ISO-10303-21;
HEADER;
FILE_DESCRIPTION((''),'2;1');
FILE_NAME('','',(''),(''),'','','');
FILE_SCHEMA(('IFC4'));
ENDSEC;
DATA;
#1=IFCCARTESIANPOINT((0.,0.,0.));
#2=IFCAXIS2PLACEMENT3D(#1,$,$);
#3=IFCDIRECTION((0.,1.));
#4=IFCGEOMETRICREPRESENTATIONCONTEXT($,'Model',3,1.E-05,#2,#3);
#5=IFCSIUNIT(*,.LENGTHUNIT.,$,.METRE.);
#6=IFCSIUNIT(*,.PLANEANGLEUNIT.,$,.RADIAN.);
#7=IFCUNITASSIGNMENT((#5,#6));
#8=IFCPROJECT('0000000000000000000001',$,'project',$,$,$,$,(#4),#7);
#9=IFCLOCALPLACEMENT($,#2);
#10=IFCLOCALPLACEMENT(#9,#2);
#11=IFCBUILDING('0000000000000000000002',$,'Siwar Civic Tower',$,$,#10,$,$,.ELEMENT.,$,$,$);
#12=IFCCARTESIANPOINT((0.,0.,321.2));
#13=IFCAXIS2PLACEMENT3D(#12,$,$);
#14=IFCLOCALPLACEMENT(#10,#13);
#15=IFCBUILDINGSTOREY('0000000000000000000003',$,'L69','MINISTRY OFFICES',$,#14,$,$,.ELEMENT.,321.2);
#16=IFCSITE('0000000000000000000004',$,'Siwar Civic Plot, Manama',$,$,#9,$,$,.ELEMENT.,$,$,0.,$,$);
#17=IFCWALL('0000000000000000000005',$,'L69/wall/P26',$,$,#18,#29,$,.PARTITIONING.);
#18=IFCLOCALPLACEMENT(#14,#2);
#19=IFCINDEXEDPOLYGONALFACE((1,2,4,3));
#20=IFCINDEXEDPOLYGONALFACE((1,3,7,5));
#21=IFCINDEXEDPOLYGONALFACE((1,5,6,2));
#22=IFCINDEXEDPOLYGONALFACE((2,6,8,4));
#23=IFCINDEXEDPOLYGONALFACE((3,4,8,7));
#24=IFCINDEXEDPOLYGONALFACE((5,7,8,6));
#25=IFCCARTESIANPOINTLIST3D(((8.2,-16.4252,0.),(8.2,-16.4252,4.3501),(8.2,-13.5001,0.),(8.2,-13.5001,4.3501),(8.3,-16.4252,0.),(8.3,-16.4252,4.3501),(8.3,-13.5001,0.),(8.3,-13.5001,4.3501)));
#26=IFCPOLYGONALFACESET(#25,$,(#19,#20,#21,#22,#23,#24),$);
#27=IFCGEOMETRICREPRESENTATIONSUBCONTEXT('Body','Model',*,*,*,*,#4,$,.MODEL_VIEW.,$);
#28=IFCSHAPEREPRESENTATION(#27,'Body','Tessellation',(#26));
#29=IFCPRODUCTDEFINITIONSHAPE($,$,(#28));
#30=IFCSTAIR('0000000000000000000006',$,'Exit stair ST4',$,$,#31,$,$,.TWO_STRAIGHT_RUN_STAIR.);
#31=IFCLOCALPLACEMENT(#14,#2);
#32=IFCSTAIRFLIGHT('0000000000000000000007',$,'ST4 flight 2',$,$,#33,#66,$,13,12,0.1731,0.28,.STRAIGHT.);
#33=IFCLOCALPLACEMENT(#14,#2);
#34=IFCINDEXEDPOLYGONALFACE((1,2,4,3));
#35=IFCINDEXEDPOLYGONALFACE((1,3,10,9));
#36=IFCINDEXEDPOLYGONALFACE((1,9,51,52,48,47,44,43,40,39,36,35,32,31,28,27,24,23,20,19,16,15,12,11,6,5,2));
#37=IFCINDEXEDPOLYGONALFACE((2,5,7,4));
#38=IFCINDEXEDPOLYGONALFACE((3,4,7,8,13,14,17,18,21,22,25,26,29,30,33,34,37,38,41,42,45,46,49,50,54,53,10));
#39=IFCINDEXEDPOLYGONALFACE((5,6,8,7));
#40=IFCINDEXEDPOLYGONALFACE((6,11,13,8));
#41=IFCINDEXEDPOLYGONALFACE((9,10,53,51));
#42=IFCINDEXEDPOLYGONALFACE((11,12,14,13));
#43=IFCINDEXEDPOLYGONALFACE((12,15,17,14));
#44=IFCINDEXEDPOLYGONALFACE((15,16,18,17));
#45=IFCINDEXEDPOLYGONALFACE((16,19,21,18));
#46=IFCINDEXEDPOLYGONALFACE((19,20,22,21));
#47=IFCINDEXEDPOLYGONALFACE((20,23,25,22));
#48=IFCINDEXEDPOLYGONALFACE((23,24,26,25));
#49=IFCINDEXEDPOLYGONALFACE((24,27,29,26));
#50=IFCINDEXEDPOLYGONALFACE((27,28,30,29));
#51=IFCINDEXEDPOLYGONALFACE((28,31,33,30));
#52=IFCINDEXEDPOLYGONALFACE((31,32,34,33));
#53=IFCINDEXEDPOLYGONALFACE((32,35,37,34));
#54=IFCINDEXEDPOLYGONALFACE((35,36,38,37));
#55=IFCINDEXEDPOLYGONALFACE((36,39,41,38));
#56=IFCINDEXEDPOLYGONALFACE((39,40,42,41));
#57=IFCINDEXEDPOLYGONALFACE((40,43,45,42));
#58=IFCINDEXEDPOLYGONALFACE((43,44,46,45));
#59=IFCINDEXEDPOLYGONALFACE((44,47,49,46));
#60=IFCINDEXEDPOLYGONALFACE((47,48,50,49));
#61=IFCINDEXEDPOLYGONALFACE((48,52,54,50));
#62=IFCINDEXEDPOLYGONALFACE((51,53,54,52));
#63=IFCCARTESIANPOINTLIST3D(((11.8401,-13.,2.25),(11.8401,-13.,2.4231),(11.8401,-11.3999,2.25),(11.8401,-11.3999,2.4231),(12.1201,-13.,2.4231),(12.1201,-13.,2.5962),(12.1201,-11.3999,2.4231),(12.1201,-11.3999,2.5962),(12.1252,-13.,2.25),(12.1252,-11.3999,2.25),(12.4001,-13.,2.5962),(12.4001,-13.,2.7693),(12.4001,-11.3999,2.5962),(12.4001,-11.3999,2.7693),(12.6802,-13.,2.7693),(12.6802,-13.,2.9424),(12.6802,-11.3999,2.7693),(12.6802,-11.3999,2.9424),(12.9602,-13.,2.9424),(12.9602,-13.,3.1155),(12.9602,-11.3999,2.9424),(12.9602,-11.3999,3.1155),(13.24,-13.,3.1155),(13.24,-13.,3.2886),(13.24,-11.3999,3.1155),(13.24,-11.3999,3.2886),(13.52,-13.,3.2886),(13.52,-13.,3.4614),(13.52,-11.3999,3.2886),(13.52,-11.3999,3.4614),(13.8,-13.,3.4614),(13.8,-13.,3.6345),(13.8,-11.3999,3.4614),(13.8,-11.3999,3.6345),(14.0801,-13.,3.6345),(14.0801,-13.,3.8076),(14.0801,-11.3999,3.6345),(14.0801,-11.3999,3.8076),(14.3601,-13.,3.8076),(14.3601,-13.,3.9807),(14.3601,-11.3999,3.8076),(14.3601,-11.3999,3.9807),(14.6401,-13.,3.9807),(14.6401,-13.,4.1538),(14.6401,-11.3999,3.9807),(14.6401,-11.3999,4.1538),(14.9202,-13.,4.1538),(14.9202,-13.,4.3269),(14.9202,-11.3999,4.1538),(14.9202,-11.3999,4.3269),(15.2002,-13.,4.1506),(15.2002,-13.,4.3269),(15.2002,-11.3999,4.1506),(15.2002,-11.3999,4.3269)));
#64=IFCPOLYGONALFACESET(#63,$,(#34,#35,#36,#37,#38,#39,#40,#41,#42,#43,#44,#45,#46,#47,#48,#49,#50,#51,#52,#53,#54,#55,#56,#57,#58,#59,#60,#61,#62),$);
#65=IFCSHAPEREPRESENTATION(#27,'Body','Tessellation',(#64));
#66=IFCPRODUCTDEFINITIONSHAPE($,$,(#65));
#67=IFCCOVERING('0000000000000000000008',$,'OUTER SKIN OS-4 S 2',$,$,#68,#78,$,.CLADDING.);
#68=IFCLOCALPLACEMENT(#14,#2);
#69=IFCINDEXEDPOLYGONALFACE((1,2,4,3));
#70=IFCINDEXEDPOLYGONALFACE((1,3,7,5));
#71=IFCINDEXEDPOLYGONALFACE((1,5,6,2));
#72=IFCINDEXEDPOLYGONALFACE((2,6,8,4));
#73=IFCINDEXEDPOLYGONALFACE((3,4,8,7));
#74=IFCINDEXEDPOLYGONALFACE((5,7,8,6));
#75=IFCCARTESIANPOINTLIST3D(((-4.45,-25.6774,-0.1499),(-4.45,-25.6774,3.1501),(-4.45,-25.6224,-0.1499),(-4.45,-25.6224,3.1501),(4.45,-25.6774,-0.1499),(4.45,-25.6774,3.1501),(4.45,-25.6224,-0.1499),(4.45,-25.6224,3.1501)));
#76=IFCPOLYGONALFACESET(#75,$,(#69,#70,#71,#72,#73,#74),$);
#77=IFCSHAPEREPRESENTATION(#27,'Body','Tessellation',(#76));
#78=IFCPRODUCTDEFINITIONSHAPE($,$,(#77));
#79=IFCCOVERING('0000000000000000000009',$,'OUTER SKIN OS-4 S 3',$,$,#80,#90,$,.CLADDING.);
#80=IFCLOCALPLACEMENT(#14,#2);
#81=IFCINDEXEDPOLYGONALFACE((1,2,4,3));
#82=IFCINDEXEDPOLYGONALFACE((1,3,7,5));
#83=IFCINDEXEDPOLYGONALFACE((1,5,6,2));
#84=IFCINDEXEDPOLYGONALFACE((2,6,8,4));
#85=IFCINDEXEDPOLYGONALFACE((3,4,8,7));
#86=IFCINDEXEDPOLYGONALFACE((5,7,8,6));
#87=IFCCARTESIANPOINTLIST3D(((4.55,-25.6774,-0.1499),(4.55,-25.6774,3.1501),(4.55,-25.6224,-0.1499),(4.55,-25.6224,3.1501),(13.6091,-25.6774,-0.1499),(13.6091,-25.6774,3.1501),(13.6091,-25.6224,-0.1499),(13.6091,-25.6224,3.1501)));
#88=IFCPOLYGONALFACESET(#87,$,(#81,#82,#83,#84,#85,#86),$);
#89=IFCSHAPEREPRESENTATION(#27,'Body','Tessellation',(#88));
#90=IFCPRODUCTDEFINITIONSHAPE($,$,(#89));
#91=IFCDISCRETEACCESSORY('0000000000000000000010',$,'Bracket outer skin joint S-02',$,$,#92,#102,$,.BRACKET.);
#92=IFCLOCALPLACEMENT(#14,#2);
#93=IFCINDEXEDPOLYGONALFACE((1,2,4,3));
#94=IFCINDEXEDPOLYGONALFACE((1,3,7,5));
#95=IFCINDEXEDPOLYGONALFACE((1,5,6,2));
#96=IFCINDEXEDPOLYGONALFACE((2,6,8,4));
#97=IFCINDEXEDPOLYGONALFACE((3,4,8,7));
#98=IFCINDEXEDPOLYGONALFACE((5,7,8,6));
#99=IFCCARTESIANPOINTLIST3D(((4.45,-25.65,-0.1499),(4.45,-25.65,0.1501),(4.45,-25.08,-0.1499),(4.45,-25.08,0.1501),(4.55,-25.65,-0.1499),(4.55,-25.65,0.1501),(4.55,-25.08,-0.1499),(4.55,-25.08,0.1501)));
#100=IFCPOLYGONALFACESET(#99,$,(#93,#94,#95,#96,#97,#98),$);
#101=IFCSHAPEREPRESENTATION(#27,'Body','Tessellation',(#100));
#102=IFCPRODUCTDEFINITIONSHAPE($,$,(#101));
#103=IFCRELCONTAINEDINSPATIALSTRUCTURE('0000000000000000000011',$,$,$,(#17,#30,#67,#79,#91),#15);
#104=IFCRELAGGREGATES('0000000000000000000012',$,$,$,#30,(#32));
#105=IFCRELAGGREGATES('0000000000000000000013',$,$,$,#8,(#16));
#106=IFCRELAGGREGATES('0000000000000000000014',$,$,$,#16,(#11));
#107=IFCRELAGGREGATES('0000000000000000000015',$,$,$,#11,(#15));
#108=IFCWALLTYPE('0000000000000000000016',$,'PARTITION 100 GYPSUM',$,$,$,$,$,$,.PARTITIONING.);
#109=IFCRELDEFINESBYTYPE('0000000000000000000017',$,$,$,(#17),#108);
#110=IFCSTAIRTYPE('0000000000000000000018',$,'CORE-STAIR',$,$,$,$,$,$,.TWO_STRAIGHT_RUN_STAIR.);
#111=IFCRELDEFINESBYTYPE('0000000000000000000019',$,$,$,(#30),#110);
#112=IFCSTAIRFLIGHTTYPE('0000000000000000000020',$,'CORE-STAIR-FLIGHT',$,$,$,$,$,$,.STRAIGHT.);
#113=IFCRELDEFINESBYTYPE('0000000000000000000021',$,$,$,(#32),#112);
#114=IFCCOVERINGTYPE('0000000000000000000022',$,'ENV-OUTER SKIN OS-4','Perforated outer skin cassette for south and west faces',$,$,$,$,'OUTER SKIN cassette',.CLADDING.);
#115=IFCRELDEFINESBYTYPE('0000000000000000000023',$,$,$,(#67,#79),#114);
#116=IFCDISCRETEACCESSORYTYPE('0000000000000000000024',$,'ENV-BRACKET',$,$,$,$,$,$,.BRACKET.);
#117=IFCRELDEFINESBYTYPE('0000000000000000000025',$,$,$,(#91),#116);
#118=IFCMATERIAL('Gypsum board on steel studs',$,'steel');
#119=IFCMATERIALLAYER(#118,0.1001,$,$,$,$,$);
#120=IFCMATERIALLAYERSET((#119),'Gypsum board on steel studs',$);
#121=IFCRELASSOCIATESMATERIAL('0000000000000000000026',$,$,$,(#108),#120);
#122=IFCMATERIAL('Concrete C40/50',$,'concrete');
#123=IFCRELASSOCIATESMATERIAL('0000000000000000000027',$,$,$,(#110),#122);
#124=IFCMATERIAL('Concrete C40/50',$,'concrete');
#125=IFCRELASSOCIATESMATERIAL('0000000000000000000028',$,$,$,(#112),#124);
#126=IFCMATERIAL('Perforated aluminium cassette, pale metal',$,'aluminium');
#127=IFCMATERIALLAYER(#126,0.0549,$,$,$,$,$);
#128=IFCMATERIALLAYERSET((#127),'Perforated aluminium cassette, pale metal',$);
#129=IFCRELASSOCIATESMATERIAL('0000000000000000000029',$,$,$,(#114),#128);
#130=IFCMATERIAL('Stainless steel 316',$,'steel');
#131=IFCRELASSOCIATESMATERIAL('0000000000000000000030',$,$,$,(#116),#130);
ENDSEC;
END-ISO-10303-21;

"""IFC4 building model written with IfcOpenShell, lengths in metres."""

from ifc_helpers import new_model, si_unit, direction, frame, frame_2d, origin, origin_2d, place, context, subcontext, project, spatial, polyline, rectangle, outline, extrude, material, layer, layer_set, type_object, element, aggregate, save


model = new_model("IFC4")

# Units and contexts
model_context = context("Model", 3, precision=1e-05, world=origin(), true_north=direction((0.0, 1.0)))
body_context = subcontext(model_context, "Body", "Model", "MODEL_VIEW")
ifc_project = project(units=[si_unit("LENGTHUNIT", "METRE"), si_unit("PLANEANGLEUNIT", "RADIAN")], contexts=[model_context])

# Site, building, storey
site_placement = place(None, origin())
site = spatial("IfcSite", under=ifc_project, at=site_placement, Name="Siwar Civic Plot, Manama", CompositionType="ELEMENT", RefElevation=0.0)
building_placement = place(site_placement, origin())
building = spatial("IfcBuilding", under=site, at=building_placement, Name="Siwar Civic Tower", CompositionType="ELEMENT")
storey_placement = place(building_placement, frame((0.0, 0.0, 321.2)))
storey = spatial("IfcBuildingStorey", under=building, at=storey_placement, Name="L69", Description="MINISTRY OFFICES", CompositionType="ELEMENT", Elevation=321.2)

# Wall
ifc_material_1 = material(Name="Gypsum board on steel studs", Category="steel")
ifc_layer_1 = layer(ifc_material_1, 0.1001)
ifc_layer_set_1 = layer_set([ifc_layer_1], Name="Gypsum board on steel studs")
wall_type_1 = type_object("IfcWallType", Name="PARTITION 100 GYPSUM", PredefinedType="PARTITIONING", material=ifc_layer_set_1)
wall_1_placement = place(storey_placement, frame((8.25, -16.425, 0.0), z_axis=(0.0, 0.0, 1.0), x_axis=(0.0, 1.0, 0.0)))
element("IfcWall", 1, at=wall_1_placement, inside=storey, type_object=wall_type_1, Name="L69/wall/P26", PredefinedType="PARTITIONING", context=body_context, shape_type="SweptSolid", body=[
    extrude(rectangle(XDim=2.925, YDim=0.1001, at=frame_2d((1.4624, 0.0))), origin(), (0.0, 0.0, 1.0), 4.3501),
])

# Stair, stair flight
ifc_material_2 = material(Name="Concrete C40/50", Category="concrete")
stair_type = type_object("IfcStairType", Name="CORE-STAIR", PredefinedType="TWO_STRAIGHT_RUN_STAIR", material=ifc_material_2)
stair_placement = place(storey_placement, origin())
stair = element("IfcStair", 2, at=stair_placement, inside=storey, type_object=stair_type, Name="Exit stair ST4", PredefinedType="TWO_STRAIGHT_RUN_STAIR")
ifc_material_3 = material(Name="Concrete C40/50", Category="concrete")
stair_flight_type = type_object("IfcStairFlightType", Name="CORE-STAIR-FLIGHT", PredefinedType="STRAIGHT", material=ifc_material_3)
stair_flight_placement = place(storey_placement, frame((11.8401, -12.2, 2.25), z_axis=(0.0, 0.0, 1.0), x_axis=(1.0, 0.0, 0.0)))
stair_flight = element("IfcStairFlight", 3, at=stair_flight_placement, type_object=stair_flight_type, Name="ST4 flight 2", NumberOfRisers=13, NumberOfTreads=12, PredefinedType="STRAIGHT", RiserHeight=0.1731, TreadLength=0.28, context=body_context, shape_type="SweptSolid", body=[
    extrude(outline(polyline([(0.0, 0.0), (0.0, 0.1731), (0.28, 0.1731), (0.28, 0.3462), (0.5601, 0.3462), (0.5601, 0.5193), (0.8401, 0.5193), (0.8401, 0.6924), (1.1201, 0.6924), (1.1201, 0.8655), (1.3999, 0.8655), (1.3999, 1.0386), (1.6799, 1.0386), (1.6799, 1.2114), (1.96, 1.2114), (1.96, 1.3845), (2.24, 1.3845), (2.24, 1.5576), (2.52, 1.5576), (2.52, 1.7307), (2.8, 1.7307), (2.8, 1.9038), (3.0801, 1.9038), (3.0801, 2.0769), (3.3601, 2.0769), (3.3601, 2.25), (3.3601, 1.9006), (0.2852, 0.0), (0.0, 0.0)])), frame((0.0, 0.8, 0.0), z_axis=(0.0, -1.0, 0.0), x_axis=(1.0, 0.0, 0.0)), (0.0, 0.0, 1.0), 1.6001),
])
aggregate(stair, [stair_flight])

# Coverings
ifc_material_4 = material(Name="Perforated aluminium cassette, pale metal", Category="aluminium")
ifc_layer_2 = layer(ifc_material_4, 0.0549)
ifc_layer_set_2 = layer_set([ifc_layer_2], Name="Perforated aluminium cassette, pale metal")
covering_type = type_object("IfcCoveringType", Name="ENV-OUTER SKIN OS-4", Description="Perforated outer skin cassette for south and west faces", ElementType="OUTER SKIN cassette", PredefinedType="CLADDING", material=ifc_layer_set_2)
covering_1_placement = place(storey_placement, frame((0.0, -25.6499, -0.1499), z_axis=(0.0, 0.0, 1.0), x_axis=(1.0, 0.0, 0.0)))
element("IfcCovering", 4, at=covering_1_placement, inside=storey, type_object=covering_type, Name="OUTER SKIN OS-4 S 2", PredefinedType="CLADDING", context=body_context, shape_type="SweptSolid", body=[
    extrude(rectangle(XDim=8.8999, YDim=0.0549, at=origin_2d()), origin(), (0.0, 0.0, 1.0), 3.3),
])
covering_2_placement = place(storey_placement, frame((9.0796, -25.6499, -0.1499), z_axis=(0.0, 0.0, 1.0), x_axis=(1.0, 0.0, 0.0)))
element("IfcCovering", 5, at=covering_2_placement, inside=storey, type_object=covering_type, Name="OUTER SKIN OS-4 S 3", PredefinedType="CLADDING", context=body_context, shape_type="SweptSolid", body=[
    extrude(rectangle(XDim=9.0591, YDim=0.0549, at=origin_2d()), origin(), (0.0, 0.0, 1.0), 3.3),
])

# Discrete accessory
ifc_material_5 = material(Name="Stainless steel 316", Category="steel")
discrete_accessory_type = type_object("IfcDiscreteAccessoryType", Name="ENV-BRACKET", PredefinedType="BRACKET", material=ifc_material_5)
discrete_accessory_placement = place(storey_placement, frame((4.5, -25.365, -0.1499), z_axis=(0.0, 0.0, 1.0), x_axis=(0.0, -1.0, 0.0)))
element("IfcDiscreteAccessory", 6, at=discrete_accessory_placement, inside=storey, type_object=discrete_accessory_type, Name="Bracket outer skin joint S-02", PredefinedType="BRACKET", context=body_context, shape_type="SweptSolid", body=[
    extrude(rectangle(XDim=0.5701, YDim=0.1001, at=origin_2d()), origin(), (0.0, 0.0, 1.0), 0.3),
])

save(model, "model.ifc")
